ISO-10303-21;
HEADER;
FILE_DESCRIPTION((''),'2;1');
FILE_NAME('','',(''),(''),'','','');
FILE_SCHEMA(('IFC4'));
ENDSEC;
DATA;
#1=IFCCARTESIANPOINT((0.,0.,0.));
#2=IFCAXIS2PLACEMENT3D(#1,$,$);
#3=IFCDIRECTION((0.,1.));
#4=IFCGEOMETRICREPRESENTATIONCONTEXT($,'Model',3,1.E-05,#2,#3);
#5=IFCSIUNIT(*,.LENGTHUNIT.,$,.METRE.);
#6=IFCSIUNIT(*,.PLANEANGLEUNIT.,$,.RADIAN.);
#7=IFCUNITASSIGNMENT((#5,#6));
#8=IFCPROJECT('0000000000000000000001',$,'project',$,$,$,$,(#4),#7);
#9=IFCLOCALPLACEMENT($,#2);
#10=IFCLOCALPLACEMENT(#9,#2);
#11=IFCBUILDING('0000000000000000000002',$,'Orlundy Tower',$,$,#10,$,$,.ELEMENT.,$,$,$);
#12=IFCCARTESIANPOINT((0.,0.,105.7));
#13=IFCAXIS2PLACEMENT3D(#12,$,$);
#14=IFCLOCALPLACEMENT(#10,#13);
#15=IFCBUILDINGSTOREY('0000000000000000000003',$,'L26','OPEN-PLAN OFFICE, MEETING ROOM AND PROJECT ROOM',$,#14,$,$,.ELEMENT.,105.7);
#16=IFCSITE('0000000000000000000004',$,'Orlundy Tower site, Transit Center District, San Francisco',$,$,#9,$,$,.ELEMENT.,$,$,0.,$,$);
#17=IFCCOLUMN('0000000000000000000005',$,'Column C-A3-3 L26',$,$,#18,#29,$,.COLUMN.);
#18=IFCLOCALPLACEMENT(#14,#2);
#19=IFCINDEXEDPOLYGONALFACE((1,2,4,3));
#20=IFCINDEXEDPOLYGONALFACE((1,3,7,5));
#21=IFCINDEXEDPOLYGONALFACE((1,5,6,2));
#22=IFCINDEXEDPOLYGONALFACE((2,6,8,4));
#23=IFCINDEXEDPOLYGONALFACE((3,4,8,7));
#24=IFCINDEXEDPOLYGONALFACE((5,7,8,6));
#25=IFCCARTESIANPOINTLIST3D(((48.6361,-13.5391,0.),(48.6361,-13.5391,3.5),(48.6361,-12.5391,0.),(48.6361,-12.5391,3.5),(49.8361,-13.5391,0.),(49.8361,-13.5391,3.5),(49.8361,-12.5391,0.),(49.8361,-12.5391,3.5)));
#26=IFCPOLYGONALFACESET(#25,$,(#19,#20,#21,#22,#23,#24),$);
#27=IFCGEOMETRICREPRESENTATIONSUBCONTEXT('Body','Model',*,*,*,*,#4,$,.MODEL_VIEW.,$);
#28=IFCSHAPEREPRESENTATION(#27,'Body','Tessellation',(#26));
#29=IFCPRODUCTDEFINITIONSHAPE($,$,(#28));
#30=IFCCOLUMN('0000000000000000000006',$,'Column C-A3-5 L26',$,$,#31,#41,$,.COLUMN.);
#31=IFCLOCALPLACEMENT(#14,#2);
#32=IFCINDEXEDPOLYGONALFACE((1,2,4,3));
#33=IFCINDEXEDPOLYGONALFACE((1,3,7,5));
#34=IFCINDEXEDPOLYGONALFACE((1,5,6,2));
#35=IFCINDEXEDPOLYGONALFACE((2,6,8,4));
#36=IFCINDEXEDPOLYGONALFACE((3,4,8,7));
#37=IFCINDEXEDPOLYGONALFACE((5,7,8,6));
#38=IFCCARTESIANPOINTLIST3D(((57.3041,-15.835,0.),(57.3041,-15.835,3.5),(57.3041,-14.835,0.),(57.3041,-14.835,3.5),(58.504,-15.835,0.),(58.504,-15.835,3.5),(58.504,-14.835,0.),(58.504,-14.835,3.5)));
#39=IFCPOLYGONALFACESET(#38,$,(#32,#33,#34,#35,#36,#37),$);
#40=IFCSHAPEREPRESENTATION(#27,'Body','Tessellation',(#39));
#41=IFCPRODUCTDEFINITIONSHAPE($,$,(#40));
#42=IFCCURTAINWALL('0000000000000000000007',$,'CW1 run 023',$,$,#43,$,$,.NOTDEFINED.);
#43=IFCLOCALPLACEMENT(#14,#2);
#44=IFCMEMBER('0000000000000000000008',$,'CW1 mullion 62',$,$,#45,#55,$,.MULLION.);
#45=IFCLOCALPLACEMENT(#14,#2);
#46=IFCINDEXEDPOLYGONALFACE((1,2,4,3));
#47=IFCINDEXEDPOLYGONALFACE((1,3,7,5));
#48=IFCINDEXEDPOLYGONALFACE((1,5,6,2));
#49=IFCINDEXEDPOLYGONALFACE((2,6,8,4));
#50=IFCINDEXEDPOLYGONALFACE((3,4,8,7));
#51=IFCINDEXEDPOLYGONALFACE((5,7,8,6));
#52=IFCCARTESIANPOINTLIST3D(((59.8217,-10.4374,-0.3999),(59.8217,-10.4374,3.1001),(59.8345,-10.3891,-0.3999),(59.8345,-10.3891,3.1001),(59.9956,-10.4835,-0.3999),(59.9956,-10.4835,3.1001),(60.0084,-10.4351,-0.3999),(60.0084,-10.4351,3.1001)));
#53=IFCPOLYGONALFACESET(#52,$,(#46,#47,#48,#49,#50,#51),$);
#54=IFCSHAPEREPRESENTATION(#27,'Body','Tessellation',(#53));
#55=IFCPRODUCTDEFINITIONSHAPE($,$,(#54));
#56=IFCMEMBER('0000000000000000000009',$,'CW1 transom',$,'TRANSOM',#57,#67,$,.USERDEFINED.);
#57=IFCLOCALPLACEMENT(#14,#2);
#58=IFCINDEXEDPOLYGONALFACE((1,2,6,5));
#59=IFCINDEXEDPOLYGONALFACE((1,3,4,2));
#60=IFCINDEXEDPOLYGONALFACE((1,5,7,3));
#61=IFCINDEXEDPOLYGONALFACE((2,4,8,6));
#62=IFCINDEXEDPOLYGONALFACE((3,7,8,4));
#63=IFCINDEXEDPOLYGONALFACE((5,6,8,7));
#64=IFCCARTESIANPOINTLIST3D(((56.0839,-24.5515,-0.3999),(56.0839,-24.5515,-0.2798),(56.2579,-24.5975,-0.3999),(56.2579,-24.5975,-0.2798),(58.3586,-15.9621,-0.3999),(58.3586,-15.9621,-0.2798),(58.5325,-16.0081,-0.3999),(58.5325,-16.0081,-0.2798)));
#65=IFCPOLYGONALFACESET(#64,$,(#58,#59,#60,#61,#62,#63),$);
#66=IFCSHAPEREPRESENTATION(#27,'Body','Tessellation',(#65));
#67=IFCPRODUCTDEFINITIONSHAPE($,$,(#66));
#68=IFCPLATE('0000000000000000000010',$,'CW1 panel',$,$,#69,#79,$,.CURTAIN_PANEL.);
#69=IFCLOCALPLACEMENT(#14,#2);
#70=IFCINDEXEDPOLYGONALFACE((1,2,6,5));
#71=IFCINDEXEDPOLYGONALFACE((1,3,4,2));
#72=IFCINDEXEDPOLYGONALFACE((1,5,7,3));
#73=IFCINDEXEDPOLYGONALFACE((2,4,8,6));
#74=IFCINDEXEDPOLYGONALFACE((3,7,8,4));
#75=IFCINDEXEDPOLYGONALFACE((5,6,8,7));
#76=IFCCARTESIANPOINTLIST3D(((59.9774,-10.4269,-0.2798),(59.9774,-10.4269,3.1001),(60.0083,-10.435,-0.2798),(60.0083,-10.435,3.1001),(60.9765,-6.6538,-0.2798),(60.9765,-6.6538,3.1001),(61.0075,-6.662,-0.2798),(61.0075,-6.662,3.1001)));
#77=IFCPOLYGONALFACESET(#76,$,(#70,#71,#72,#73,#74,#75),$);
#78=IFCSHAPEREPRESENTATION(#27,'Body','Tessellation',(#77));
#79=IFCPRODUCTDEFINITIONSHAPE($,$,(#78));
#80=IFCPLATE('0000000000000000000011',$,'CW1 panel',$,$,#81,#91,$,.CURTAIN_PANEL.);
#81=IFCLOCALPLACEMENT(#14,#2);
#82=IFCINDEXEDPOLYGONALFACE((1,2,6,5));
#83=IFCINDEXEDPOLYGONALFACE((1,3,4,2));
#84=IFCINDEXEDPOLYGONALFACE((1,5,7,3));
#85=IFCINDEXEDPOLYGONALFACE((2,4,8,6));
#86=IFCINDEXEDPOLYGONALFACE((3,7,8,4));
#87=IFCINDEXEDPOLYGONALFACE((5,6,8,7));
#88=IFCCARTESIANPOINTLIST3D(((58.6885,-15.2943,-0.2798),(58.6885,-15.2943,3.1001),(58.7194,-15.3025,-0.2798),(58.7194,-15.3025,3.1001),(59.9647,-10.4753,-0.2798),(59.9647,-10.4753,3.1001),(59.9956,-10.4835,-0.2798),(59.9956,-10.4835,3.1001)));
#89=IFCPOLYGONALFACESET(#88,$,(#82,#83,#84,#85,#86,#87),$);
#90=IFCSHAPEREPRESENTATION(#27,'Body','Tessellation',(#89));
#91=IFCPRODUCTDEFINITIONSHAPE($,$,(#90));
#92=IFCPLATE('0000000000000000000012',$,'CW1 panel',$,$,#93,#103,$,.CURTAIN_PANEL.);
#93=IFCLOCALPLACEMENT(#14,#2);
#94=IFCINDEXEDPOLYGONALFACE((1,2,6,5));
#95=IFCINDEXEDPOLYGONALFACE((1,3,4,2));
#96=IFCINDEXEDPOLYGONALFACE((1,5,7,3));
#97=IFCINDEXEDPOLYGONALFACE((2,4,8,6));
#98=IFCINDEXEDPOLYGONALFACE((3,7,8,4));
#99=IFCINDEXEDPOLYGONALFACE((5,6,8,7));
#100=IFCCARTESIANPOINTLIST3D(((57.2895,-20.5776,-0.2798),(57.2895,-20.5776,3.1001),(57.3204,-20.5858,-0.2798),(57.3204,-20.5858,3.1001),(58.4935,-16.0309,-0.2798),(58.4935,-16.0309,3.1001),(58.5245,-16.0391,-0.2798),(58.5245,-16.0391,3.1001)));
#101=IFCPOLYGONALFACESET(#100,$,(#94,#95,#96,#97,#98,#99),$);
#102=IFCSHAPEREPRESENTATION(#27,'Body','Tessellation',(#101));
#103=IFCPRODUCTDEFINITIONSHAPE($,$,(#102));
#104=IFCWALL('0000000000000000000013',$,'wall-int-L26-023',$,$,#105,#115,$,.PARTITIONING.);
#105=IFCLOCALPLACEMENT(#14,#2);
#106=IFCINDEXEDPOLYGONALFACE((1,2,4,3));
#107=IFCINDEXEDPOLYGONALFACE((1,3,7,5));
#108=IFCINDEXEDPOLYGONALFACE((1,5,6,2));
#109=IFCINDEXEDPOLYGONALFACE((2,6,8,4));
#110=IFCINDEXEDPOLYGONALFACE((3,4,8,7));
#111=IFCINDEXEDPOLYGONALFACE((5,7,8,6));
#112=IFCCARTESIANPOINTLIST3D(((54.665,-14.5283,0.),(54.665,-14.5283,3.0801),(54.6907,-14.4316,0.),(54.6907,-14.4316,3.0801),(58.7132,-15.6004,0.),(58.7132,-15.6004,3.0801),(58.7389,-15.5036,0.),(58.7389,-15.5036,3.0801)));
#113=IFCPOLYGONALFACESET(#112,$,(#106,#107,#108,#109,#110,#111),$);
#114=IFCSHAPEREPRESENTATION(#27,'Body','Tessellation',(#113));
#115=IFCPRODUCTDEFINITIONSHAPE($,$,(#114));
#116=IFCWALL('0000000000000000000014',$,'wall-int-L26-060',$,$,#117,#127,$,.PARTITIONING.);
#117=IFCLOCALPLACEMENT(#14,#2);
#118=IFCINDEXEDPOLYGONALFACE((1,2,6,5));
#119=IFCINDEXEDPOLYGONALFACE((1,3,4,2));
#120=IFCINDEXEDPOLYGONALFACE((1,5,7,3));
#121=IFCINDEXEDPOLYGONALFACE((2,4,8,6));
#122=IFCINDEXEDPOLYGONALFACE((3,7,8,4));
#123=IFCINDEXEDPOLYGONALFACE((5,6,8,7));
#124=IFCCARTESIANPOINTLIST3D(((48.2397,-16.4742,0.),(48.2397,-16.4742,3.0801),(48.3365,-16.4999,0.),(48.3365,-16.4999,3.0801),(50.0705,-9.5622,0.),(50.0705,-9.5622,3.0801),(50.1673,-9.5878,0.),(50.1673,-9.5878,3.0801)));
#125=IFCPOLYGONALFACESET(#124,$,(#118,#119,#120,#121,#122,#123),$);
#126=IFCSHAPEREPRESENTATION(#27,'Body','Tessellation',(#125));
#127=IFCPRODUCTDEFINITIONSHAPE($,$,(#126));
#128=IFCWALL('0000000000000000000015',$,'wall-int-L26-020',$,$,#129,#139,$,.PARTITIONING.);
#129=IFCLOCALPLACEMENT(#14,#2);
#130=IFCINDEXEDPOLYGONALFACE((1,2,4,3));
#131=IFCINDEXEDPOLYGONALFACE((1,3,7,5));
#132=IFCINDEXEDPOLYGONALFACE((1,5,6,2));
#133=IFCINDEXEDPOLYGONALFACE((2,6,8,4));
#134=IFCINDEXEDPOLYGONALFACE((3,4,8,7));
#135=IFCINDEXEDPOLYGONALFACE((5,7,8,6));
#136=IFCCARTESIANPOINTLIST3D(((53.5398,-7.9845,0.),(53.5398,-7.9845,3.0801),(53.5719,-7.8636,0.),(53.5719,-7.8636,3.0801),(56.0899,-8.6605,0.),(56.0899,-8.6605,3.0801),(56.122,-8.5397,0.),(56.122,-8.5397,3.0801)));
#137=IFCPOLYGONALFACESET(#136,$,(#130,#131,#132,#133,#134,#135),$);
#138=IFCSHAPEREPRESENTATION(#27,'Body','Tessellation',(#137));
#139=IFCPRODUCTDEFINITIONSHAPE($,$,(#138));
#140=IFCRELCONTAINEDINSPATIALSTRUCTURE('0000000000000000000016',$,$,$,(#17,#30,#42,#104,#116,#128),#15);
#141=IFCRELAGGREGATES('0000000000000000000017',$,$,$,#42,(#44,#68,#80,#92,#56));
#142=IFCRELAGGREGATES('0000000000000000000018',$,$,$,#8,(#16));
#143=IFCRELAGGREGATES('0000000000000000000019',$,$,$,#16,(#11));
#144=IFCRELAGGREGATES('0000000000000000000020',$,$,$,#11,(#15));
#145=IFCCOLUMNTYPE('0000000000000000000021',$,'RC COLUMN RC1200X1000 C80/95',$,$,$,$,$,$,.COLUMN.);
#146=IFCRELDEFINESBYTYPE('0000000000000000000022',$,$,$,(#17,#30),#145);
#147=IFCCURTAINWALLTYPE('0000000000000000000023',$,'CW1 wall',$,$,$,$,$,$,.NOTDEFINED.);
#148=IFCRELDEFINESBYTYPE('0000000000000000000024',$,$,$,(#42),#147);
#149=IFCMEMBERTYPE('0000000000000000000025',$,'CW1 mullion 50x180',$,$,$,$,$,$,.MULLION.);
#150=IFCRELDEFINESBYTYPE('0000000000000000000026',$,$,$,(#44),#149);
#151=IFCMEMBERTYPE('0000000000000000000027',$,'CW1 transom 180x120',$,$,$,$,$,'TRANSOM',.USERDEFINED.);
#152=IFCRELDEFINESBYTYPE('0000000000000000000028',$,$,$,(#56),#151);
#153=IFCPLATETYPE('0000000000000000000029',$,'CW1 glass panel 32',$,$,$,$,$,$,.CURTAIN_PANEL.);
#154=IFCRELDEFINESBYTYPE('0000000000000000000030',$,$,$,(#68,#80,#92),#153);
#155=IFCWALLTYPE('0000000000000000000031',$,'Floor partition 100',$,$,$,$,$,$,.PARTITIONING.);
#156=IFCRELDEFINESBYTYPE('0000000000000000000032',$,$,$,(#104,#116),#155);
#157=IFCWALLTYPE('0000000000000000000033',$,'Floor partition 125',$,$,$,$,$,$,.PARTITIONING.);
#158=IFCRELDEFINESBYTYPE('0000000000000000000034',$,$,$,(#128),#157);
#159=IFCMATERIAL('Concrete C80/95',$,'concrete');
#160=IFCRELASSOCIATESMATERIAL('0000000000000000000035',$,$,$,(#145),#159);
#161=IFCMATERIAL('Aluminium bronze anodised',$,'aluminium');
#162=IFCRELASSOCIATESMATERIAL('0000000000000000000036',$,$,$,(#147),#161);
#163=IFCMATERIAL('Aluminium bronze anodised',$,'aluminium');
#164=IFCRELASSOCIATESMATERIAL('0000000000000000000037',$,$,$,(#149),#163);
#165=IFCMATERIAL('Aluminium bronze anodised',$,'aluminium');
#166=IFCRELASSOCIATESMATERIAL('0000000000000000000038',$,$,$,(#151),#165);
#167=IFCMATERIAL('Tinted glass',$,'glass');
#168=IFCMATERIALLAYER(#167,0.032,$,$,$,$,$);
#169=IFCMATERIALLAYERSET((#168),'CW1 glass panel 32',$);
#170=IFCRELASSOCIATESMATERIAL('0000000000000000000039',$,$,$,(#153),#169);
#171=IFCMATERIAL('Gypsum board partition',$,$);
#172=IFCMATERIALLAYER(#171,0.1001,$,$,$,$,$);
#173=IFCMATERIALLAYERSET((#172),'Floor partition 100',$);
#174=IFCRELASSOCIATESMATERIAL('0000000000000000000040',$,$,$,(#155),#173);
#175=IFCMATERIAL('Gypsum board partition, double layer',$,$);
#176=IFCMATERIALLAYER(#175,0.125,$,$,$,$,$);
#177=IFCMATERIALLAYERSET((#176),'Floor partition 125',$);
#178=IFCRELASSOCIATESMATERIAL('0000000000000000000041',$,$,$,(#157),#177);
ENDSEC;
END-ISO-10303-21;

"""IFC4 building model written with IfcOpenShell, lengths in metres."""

from ifc_helpers import new_model, si_unit, direction, frame, frame_2d, origin, origin_2d, place, context, subcontext, project, spatial, rectangle, extrude, material, layer, layer_set, material_profile, profile_set, type_object, element, aggregate, save


model = new_model("IFC4")

# Units and contexts
model_context = context("Model", 3, precision=1e-05, world=origin(), true_north=direction((0.0, 1.0)))
body_context = subcontext(model_context, "Body", "Model", "MODEL_VIEW")
ifc_project = project(units=[si_unit("LENGTHUNIT", "METRE"), si_unit("PLANEANGLEUNIT", "RADIAN")], contexts=[model_context])

# Site, building, storey
site_placement = place(None, origin())
site = spatial("IfcSite", under=ifc_project, at=site_placement, Name="Orlundy Tower site, Transit Center District, San Francisco", CompositionType="ELEMENT", RefElevation=0.0)
building_placement = place(site_placement, origin())
building = spatial("IfcBuilding", under=site, at=building_placement, Name="Orlundy Tower", CompositionType="ELEMENT")
storey_placement = place(building_placement, frame((0.0, 0.0, 105.7)))
storey = spatial("IfcBuildingStorey", under=building, at=storey_placement, Name="L26", Description="OPEN-PLAN OFFICE, MEETING ROOM AND PROJECT ROOM", CompositionType="ELEMENT", Elevation=105.7)

# Columns
ifc_material_1 = material(Name="Concrete C80/95", Category="concrete")
ifc_material_profile_1 = material_profile(ifc_material_1, rectangle(XDim=1.2, YDim=1.0, at=origin_2d()), Name="RC1200X1000")
ifc_profile_set_1 = profile_set([ifc_material_profile_1], Name="Concrete C80/95")
column_type = type_object("IfcColumnType", Name="RC COLUMN RC1200X1000 C80/95", PredefinedType="COLUMN", material=ifc_profile_set_1)
for number, where, z_axis, x_axis, name in (
    (1, (49.2361, -13.0391, 0.0), (0.0, 0.0, 1.0), (1.0, 0.0, 0.0), "Column C-A3-3 L26"),
    (2, (57.9041, -15.335, 0.0), (0.0, 0.0, 1.0), (1.0, 0.0, 0.0), "Column C-A3-5 L26"),
):
    element("IfcColumn", number, at=place(storey_placement, frame(where, z_axis=z_axis, x_axis=x_axis)), inside=storey, type_object=column_type, Name=name, PredefinedType="COLUMN", context=body_context, shape_type="SweptSolid", body=[
        extrude(rectangle(XDim=1.2, YDim=1.0, at=origin_2d()), origin(), (0.0, 0.0, 1.0), 3.5),
    ])

# Curtain wall, members, plates
ifc_material_2 = material(Name="Aluminium bronze anodised", Category="aluminium")
curtain_wall_type = type_object("IfcCurtainWallType", Name="CW1 wall", PredefinedType="NOTDEFINED", material=ifc_material_2)
curtain_wall_placement = place(storey_placement, origin())
curtain_wall = element("IfcCurtainWall", 3, at=curtain_wall_placement, inside=storey, type_object=curtain_wall_type, Name="CW1 run 023", PredefinedType="NOTDEFINED")
ifc_material_3 = material(Name="Aluminium bronze anodised", Category="aluminium")
ifc_material_profile_2 = material_profile(ifc_material_3, rectangle(XDim=0.1799, YDim=0.05, at=origin_2d()), Name="CW1 mullion 50x180")
ifc_profile_set_2 = profile_set([ifc_material_profile_2], Name="Aluminium bronze anodised")
member_type_1 = type_object("IfcMemberType", Name="CW1 mullion 50x180", PredefinedType="MULLION", material=ifc_profile_set_2)
member_1_placement = place(storey_placement, frame((59.915, -10.4363, -0.3999), z_axis=(0.0, 0.0, 1.0), x_axis=(0.966679, -0.255991, 0.0)))
member_1 = element("IfcMember", 4, at=member_1_placement, type_object=member_type_1, Name="CW1 mullion 62", PredefinedType="MULLION", context=body_context, shape_type="SweptSolid", body=[
    extrude(rectangle(XDim=0.1799, YDim=0.05, at=origin_2d()), origin(), (0.0, 0.0, 1.0), 3.5),
])
ifc_material_4 = material(Name="Aluminium bronze anodised", Category="aluminium")
ifc_material_profile_3 = material_profile(ifc_material_4, rectangle(XDim=0.1799, YDim=0.1201, at=origin_2d()), Name="CW1 transom 180x120")
ifc_profile_set_3 = profile_set([ifc_material_profile_3], Name="Aluminium bronze anodised")
member_type_2 = type_object("IfcMemberType", Name="CW1 transom 180x120", ElementType="TRANSOM", PredefinedType="USERDEFINED", material=ifc_profile_set_3)
member_2_placement = place(storey_placement, frame((58.4456, -15.9851, -0.3398), z_axis=(-0.255998, -0.966677, 0.0), x_axis=(0.966677, -0.255998, 0.0)))
member_2 = element("IfcMember", 5, at=member_2_placement, type_object=member_type_2, Name="CW1 transom", ObjectType="TRANSOM", PredefinedType="USERDEFINED", context=body_context, shape_type="SweptSolid", body=[
    extrude(rectangle(XDim=0.1799, YDim=0.1201, at=origin_2d()), origin(), (0.0, 0.0, 1.0), 8.8855),
])
ifc_material_5 = material(Name="Tinted glass", Category="glass")
ifc_layer_1 = layer(ifc_material_5, 0.032)
ifc_layer_set_1 = layer_set([ifc_layer_1], Name="CW1 glass panel 32")
plate_type = type_object("IfcPlateType", Name="CW1 glass panel 32", PredefinedType="CURTAIN_PANEL", material=ifc_layer_set_1)
plate_1_placement = place(storey_placement, frame((60.4924, -8.5444, -0.2798), z_axis=(0.0, 0.0, 1.0), x_axis=(-0.255991, -0.966679, 0.0)))
plate_1 = element("IfcPlate", 6, at=plate_1_placement, type_object=plate_type, Name="CW1 panel", PredefinedType="CURTAIN_PANEL", context=body_context, shape_type="SweptSolid", body=[
    extrude(rectangle(XDim=3.9031, YDim=0.032, at=origin_2d()), origin(), (0.0, 0.0, 1.0), 3.3799),
])
plate_2_placement = place(storey_placement, frame((59.342, -12.8889, -0.2798), z_axis=(0.0, 0.0, 1.0), x_axis=(-0.255991, -0.966679, 0.0)))
plate_2 = element("IfcPlate", 7, at=plate_2_placement, type_object=plate_type, Name="CW1 panel", PredefinedType="CURTAIN_PANEL", context=body_context, shape_type="SweptSolid", body=[
    extrude(rectangle(XDim=4.9851, YDim=0.032, at=origin_2d()), origin(), (0.0, 0.0, 1.0), 3.3799),
])
plate_3_placement = place(storey_placement, frame((57.907, -18.3083, -0.2798), z_axis=(0.0, 0.0, 1.0), x_axis=(-0.255991, -0.966679, 0.0)))
plate_3 = element("IfcPlate", 8, at=plate_3_placement, type_object=plate_type, Name="CW1 panel", PredefinedType="CURTAIN_PANEL", context=body_context, shape_type="SweptSolid", body=[
    extrude(rectangle(XDim=4.7034, YDim=0.032, at=origin_2d()), origin(), (0.0, 0.0, 1.0), 3.3799),
])
aggregate(curtain_wall, [member_1, plate_1, plate_2, plate_3, member_2])

# Walls
ifc_material_6 = material(Name="Gypsum board partition")
ifc_layer_2 = layer(ifc_material_6, 0.1001)
ifc_layer_set_2 = layer_set([ifc_layer_2], Name="Floor partition 100")
wall_type_1 = type_object("IfcWallType", Name="Floor partition 100", PredefinedType="PARTITIONING", material=ifc_layer_set_2)
wall_1_placement = place(storey_placement, frame((54.678, -14.48, 0.0), z_axis=(0.0, 0.0, 1.0), x_axis=(0.966678, -0.255997, 0.0)))
element("IfcWall", 9, at=wall_1_placement, inside=storey, type_object=wall_type_1, Name="wall-int-L26-023", PredefinedType="PARTITIONING", context=body_context, shape_type="SweptSolid", body=[
    extrude(rectangle(XDim=4.1877, YDim=0.1001, at=frame_2d((2.0938, 0.0))), origin(), (0.0, 0.0, 1.0), 3.0801),
])
wall_2_placement = place(storey_placement, frame((48.2881, -16.4871, 0.0), z_axis=(0.0, 0.0, 1.0), x_axis=(0.256041, 0.966666, 0.0)))
element("IfcWall", 10, at=wall_2_placement, inside=storey, type_object=wall_type_1, Name="wall-int-L26-060", PredefinedType="PARTITIONING", context=body_context, shape_type="SweptSolid", body=[
    extrude(rectangle(XDim=7.1504, YDim=0.1001, at=frame_2d((3.5752, 0.0))), origin(), (0.0, 0.0, 1.0), 3.0801),
])
ifc_material_7 = material(Name="Gypsum board partition, double layer")
ifc_layer_3 = layer(ifc_material_7, 0.125)
ifc_layer_set_3 = layer_set([ifc_layer_3], Name="Floor partition 125")
wall_type_2 = type_object("IfcWallType", Name="Floor partition 125", PredefinedType="PARTITIONING", material=ifc_layer_set_3)
wall_3_placement = place(storey_placement, frame((56.106, -8.6001, 0.0), z_axis=(0.0, 0.0, 1.0), x_axis=(-0.96661, 0.256251, 0.0)))
element("IfcWall", 11, at=wall_3_placement, inside=storey, type_object=wall_type_2, Name="wall-int-L26-020", PredefinedType="PARTITIONING", context=body_context, shape_type="SweptSolid", body=[
    extrude(rectangle(XDim=2.6382, YDim=0.125, at=frame_2d((1.3191, 0.0))), origin(), (0.0, 0.0, 1.0), 3.0801),
])

save(model, "model.ifc")
